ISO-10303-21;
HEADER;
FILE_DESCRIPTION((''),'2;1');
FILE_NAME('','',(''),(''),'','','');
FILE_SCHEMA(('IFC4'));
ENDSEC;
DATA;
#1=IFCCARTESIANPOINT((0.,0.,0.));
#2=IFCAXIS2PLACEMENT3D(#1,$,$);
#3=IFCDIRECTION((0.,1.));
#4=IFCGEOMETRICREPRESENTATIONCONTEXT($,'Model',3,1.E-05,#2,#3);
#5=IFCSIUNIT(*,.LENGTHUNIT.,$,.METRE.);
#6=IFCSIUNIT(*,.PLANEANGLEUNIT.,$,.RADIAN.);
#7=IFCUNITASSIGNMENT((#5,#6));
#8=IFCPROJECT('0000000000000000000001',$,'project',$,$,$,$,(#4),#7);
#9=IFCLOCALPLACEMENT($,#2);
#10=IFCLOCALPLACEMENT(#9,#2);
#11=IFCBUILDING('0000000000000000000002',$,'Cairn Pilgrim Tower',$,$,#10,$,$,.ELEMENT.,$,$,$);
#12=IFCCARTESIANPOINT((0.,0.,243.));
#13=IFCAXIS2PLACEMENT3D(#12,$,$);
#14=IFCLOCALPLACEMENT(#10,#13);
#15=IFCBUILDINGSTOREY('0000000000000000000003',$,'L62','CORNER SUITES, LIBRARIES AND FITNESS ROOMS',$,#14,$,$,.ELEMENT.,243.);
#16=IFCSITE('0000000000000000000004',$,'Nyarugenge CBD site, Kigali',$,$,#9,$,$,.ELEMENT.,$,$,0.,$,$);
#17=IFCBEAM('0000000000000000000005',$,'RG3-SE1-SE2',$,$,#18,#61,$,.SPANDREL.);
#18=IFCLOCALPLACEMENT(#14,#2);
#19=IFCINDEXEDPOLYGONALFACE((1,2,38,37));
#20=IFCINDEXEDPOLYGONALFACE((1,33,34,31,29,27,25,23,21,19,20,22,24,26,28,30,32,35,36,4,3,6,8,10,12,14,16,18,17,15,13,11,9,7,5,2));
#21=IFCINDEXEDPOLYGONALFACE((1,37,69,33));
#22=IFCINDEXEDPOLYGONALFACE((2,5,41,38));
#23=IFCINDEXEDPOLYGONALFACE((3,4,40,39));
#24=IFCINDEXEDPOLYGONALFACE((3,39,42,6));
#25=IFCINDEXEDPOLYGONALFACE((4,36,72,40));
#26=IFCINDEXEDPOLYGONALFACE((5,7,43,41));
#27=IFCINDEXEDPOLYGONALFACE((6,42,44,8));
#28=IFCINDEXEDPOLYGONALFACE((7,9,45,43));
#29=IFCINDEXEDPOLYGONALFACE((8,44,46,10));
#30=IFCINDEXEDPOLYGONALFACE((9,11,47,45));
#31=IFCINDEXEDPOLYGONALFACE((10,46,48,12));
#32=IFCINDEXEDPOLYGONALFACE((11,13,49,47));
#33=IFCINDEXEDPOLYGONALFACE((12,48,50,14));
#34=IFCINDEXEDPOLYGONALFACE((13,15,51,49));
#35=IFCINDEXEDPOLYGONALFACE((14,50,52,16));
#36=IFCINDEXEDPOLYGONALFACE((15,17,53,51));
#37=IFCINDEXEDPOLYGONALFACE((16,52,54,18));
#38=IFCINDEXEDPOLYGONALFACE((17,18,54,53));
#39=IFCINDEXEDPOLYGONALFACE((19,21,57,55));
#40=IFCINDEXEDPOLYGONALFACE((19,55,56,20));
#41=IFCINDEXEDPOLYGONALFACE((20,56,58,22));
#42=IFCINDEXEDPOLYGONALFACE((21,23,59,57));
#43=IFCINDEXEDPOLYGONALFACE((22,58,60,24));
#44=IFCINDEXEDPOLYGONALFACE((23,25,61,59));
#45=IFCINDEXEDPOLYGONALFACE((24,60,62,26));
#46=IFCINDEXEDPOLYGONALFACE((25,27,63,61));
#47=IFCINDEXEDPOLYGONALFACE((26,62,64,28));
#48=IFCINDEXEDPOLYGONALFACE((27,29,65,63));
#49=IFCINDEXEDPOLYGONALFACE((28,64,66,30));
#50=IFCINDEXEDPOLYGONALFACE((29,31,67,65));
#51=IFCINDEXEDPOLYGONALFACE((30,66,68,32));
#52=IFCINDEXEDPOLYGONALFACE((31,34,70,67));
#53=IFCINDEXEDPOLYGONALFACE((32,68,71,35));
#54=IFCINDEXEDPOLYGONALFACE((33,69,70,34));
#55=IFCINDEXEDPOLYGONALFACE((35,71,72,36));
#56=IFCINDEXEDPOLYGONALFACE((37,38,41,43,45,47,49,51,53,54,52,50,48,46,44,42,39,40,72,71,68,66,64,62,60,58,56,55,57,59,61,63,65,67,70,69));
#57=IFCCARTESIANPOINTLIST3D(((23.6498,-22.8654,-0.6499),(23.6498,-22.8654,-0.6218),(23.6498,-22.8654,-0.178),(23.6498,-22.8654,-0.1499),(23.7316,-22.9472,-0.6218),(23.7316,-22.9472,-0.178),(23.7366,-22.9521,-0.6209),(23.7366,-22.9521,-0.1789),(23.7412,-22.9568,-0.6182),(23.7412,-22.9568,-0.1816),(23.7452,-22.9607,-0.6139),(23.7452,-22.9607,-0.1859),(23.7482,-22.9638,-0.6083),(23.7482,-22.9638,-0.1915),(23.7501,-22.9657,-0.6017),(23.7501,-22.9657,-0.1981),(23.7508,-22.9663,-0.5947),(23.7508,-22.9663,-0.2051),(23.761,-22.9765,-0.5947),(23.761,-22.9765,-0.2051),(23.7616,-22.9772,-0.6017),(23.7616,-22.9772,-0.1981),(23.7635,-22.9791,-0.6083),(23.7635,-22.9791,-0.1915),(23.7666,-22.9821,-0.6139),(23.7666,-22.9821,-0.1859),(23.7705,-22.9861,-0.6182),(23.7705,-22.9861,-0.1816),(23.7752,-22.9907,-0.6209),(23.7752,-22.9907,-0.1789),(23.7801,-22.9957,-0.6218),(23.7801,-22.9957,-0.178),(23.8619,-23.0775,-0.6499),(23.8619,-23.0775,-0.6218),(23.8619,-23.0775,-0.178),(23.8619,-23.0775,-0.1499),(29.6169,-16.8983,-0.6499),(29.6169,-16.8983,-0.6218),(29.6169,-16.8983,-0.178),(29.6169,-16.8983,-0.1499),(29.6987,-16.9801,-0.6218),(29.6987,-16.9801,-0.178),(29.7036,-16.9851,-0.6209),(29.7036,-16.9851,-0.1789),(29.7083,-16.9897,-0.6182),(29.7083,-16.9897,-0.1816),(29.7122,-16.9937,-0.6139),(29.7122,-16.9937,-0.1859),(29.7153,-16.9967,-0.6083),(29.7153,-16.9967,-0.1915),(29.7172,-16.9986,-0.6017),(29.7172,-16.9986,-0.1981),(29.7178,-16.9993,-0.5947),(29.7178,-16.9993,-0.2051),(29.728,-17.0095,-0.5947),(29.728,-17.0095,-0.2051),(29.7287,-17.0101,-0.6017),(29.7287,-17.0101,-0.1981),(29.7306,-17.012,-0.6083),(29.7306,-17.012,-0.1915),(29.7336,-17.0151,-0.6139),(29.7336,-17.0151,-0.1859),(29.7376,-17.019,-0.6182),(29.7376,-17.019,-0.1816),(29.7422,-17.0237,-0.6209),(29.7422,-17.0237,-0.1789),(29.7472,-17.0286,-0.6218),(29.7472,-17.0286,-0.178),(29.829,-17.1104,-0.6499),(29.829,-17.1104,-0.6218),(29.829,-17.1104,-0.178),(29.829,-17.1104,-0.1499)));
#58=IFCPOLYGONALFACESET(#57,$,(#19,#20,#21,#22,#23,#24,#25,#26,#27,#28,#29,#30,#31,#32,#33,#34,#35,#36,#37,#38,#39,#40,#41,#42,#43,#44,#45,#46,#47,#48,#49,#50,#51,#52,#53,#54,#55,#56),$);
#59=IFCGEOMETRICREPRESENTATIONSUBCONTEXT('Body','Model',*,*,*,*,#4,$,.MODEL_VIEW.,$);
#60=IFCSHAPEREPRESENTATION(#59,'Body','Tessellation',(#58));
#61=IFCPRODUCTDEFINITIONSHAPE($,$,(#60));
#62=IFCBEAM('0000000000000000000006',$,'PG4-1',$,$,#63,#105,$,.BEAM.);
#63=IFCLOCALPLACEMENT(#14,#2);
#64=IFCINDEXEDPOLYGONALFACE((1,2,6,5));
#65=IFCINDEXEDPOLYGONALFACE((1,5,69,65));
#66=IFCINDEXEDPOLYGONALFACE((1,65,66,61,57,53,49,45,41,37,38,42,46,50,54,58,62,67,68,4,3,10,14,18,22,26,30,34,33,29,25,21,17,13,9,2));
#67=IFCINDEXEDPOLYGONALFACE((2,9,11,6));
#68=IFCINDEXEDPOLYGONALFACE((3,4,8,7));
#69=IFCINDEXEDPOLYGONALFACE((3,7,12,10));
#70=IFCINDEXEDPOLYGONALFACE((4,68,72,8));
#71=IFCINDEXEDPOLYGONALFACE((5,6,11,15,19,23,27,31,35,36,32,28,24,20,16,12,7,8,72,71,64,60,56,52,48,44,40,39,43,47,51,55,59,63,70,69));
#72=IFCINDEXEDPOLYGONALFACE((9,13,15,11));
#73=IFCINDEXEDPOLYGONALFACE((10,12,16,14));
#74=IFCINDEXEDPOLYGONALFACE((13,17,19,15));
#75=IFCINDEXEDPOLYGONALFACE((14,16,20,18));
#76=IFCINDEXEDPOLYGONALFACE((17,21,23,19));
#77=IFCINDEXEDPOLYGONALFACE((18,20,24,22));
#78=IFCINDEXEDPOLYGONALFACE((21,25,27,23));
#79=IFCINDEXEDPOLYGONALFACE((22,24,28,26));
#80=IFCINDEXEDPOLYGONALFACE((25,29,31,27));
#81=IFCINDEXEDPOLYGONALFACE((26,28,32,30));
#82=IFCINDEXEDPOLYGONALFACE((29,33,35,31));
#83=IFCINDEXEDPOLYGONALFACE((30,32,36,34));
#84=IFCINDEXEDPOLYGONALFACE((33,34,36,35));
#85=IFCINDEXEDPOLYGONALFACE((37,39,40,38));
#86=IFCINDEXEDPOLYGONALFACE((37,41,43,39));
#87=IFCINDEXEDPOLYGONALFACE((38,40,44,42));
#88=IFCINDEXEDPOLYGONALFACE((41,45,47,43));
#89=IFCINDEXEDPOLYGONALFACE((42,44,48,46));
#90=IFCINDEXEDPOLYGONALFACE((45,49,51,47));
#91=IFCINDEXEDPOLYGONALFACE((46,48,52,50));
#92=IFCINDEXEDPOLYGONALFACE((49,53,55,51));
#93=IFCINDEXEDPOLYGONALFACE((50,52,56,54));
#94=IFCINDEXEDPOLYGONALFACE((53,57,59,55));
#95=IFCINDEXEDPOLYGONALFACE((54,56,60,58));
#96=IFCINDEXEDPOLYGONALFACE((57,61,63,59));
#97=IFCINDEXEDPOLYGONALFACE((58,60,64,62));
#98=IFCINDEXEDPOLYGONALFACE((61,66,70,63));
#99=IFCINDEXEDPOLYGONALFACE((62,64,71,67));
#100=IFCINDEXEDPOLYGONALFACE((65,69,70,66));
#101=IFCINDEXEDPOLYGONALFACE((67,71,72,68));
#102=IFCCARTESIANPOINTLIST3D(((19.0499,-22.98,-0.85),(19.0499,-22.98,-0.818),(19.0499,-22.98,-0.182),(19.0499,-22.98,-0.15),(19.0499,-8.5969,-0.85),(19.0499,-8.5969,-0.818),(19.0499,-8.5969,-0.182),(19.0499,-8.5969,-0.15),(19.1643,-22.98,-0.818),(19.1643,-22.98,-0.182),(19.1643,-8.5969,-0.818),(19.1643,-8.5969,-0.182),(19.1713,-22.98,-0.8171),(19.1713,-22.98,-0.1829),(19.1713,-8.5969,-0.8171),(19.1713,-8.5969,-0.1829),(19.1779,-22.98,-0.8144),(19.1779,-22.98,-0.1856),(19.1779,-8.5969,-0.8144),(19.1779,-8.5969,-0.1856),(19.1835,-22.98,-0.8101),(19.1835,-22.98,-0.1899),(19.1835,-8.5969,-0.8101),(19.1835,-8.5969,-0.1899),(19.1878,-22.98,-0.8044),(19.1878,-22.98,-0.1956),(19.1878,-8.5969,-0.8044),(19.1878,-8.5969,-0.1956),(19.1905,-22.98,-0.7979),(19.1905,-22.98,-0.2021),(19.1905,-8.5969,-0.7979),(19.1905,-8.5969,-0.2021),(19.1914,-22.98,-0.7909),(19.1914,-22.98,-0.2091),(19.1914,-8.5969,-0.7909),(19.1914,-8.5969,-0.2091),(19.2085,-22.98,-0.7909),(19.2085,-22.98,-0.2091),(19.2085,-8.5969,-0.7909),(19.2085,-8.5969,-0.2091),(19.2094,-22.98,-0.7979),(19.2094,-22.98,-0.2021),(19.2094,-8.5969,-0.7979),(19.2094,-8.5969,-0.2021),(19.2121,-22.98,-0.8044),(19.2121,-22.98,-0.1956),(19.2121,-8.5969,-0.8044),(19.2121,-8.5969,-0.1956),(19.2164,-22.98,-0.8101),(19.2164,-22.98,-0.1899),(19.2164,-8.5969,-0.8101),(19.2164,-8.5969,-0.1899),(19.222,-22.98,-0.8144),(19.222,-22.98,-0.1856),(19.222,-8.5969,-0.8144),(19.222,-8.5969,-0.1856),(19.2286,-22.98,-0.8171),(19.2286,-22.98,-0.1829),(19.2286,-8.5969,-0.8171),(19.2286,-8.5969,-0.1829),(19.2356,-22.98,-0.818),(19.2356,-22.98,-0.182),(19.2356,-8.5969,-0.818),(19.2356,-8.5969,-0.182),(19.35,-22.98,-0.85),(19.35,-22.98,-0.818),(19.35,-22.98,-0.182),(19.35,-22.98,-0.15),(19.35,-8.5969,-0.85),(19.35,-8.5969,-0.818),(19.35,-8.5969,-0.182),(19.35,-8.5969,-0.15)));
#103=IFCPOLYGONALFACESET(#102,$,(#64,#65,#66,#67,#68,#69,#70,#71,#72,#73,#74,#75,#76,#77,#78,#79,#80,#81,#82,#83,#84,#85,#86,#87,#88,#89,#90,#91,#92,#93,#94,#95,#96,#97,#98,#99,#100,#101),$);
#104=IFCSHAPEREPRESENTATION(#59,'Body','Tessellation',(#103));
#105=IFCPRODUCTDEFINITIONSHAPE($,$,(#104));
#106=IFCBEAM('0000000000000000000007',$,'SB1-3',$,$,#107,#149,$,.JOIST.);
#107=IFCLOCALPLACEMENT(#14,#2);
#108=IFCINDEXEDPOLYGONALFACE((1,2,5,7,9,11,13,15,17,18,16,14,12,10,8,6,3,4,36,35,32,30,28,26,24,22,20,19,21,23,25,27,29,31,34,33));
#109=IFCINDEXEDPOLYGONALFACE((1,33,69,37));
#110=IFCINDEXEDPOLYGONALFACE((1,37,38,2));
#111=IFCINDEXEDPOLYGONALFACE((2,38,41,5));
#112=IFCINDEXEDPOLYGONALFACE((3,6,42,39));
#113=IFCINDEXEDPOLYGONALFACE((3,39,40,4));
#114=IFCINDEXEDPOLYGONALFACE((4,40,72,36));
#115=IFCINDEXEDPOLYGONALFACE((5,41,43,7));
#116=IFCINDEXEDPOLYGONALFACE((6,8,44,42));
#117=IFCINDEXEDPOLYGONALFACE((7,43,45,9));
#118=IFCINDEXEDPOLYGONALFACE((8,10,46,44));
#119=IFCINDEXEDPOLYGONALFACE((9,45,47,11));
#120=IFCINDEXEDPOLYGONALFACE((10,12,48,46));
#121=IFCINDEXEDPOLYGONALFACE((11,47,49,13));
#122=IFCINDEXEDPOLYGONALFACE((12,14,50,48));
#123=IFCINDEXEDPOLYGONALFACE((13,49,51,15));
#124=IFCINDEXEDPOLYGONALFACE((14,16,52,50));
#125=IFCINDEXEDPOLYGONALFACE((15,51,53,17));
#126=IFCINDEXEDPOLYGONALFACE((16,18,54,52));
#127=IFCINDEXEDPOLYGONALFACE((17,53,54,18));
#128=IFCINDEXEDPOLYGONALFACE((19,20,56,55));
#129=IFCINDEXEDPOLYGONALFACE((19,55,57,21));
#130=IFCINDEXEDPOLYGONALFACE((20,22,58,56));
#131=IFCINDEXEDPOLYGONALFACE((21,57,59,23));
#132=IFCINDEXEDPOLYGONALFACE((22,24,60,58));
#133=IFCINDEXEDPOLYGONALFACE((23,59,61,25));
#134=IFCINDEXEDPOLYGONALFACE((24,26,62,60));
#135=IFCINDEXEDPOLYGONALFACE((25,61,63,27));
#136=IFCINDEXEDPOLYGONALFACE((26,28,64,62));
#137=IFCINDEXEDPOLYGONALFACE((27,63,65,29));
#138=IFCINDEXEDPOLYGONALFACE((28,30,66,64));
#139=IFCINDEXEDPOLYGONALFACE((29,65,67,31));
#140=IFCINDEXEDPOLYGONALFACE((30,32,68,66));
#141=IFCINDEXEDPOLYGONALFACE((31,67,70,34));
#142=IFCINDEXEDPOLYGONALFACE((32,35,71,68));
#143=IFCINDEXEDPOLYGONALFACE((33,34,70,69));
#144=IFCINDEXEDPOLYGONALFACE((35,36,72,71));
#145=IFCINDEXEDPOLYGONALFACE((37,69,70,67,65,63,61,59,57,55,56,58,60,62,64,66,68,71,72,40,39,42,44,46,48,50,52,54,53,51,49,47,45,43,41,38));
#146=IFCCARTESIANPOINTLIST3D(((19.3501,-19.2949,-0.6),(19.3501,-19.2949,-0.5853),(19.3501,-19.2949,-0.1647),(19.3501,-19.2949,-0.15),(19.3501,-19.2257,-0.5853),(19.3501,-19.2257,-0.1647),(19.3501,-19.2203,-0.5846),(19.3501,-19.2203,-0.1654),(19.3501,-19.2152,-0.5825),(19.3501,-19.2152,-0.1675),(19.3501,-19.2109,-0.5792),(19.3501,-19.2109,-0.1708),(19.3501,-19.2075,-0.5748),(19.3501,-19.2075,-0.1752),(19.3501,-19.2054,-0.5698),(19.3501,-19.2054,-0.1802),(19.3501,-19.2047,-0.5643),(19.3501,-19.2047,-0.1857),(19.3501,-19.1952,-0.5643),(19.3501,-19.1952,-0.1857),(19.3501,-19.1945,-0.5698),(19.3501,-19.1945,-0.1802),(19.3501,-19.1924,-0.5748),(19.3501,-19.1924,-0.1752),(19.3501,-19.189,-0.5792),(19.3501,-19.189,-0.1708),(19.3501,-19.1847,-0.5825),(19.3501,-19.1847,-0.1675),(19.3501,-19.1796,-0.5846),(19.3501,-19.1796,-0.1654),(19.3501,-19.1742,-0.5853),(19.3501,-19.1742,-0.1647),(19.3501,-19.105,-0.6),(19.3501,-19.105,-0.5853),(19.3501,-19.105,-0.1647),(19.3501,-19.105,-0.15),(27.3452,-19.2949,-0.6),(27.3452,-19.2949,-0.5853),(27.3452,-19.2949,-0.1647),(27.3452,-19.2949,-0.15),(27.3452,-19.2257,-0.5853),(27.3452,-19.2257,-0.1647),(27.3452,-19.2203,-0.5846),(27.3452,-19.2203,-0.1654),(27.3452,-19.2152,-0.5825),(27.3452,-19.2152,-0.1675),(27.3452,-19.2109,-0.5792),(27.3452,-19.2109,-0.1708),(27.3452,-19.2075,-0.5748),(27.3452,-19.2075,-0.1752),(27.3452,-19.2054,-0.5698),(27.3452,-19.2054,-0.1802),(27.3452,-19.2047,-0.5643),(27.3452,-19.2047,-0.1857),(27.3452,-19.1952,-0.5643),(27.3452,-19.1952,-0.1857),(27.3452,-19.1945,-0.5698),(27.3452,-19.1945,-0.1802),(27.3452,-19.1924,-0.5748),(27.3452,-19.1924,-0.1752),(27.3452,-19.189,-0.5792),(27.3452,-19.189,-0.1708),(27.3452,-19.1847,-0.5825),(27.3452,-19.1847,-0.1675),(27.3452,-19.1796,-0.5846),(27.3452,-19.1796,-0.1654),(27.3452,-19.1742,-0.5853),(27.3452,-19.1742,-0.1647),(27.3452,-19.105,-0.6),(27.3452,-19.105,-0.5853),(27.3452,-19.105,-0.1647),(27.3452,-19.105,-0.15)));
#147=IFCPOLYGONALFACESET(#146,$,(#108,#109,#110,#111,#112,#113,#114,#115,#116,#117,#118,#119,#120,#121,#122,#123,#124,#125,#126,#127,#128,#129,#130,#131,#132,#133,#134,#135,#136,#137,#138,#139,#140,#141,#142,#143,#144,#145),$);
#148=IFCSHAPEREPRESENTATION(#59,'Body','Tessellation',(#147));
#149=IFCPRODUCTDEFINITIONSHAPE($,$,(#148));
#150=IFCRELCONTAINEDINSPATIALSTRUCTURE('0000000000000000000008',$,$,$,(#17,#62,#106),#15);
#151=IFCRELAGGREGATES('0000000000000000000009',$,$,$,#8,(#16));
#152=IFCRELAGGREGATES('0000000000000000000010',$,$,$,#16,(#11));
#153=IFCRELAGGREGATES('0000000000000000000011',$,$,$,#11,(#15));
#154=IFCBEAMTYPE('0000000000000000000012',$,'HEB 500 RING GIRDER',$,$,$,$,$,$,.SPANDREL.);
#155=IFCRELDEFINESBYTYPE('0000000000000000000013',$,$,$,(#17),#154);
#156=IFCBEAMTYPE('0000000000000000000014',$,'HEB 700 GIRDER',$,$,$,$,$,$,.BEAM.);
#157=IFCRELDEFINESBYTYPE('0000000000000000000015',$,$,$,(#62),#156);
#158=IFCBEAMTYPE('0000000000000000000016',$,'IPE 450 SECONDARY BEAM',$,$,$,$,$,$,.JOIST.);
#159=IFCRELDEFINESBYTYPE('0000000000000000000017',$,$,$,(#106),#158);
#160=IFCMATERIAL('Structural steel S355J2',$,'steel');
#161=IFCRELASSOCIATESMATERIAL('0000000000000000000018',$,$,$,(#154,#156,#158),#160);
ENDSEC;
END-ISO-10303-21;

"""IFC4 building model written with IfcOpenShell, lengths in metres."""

from ifc_helpers import new_model, si_unit, direction, frame, origin, origin_2d, place, context, subcontext, project, spatial, i_section, extrude, material, material_profile, profile_set, type_object, element, save


model = new_model("IFC4")

# Units and contexts
model_context = context("Model", 3, precision=1e-05, world=origin(), true_north=direction((0.0, 1.0)))
body_context = subcontext(model_context, "Body", "Model", "MODEL_VIEW")
ifc_project = project(units=[si_unit("LENGTHUNIT", "METRE"), si_unit("PLANEANGLEUNIT", "RADIAN")], contexts=[model_context])

# Site, building, storey
site_placement = place(None, origin())
site = spatial("IfcSite", under=ifc_project, at=site_placement, Name="Nyarugenge CBD site, Kigali", CompositionType="ELEMENT", RefElevation=0.0)
building_placement = place(site_placement, origin())
building = spatial("IfcBuilding", under=site, at=building_placement, Name="Cairn Pilgrim Tower", CompositionType="ELEMENT")
storey_placement = place(building_placement, frame((0.0, 0.0, 243.0)))
storey = spatial("IfcBuildingStorey", under=building, at=storey_placement, Name="L62", Description="CORNER SUITES, LIBRARIES AND FITNESS ROOMS", CompositionType="ELEMENT", Elevation=243.0)

# Beams
ifc_material_1 = material(Name="Structural steel S355J2", Category="steel")
ifc_material_profile_1 = material_profile(ifc_material_1, i_section(OverallWidth=0.3, OverallDepth=0.5, WebThickness=0.0144, FlangeThickness=0.0281, FilletRadius=0.0271, at=origin_2d()), Name="HEB 500")
ifc_profile_set_1 = profile_set([ifc_material_profile_1], Name="Structural steel S355J2")
beam_type_1 = type_object("IfcBeamType", Name="HEB 500 RING GIRDER", PredefinedType="SPANDREL", material=ifc_profile_set_1)
beam_1_placement = place(storey_placement, frame((23.7559, -22.9714, -0.3999), z_axis=(0.707107, 0.707107, 0.0), x_axis=(-0.707107, 0.707107, 0.0)))
element("IfcBeam", 1, at=beam_1_placement, inside=storey, type_object=beam_type_1, Name="RG3-SE1-SE2", PredefinedType="SPANDREL", context=body_context, shape_type="SweptSolid", body=[
    extrude(i_section(OverallWidth=0.3, OverallDepth=0.5, WebThickness=0.0144, FlangeThickness=0.0281, FilletRadius=0.0271, at=origin_2d()), origin(), (0.0, 0.0, 1.0), 8.4387),
])
ifc_material_profile_2 = material_profile(ifc_material_1, i_section(OverallWidth=0.3, OverallDepth=0.7, WebThickness=0.0171, FlangeThickness=0.032, FilletRadius=0.0271, at=origin_2d()), Name="HEB 700")
ifc_profile_set_2 = profile_set([ifc_material_profile_2], Name="Structural steel S355J2")
beam_type_2 = type_object("IfcBeamType", Name="HEB 700 GIRDER", PredefinedType="BEAM", material=ifc_profile_set_2)
beam_2_placement = place(storey_placement, frame((19.2, -22.98, -0.5), z_axis=(0.0, 1.0, 0.0), x_axis=(-1.0, 0.0, 0.0)))
element("IfcBeam", 2, at=beam_2_placement, inside=storey, type_object=beam_type_2, Name="PG4-1", PredefinedType="BEAM", context=body_context, shape_type="SweptSolid", body=[
    extrude(i_section(OverallWidth=0.3, OverallDepth=0.7, WebThickness=0.0171, FlangeThickness=0.032, FilletRadius=0.0271, at=origin_2d()), origin(), (0.0, 0.0, 1.0), 14.3831),
])
ifc_material_profile_3 = material_profile(ifc_material_1, i_section(OverallWidth=0.1899, OverallDepth=0.45, WebThickness=0.0095, FlangeThickness=0.0146, FilletRadius=0.021, at=origin_2d()), Name="IPE 450")
ifc_profile_set_3 = profile_set([ifc_material_profile_3], Name="Structural steel S355J2")
beam_type_3 = type_object("IfcBeamType", Name="IPE 450 SECONDARY BEAM", PredefinedType="JOIST", material=ifc_profile_set_3)
beam_3_placement = place(storey_placement, frame((19.3501, -19.2, -0.375), z_axis=(1.0, 0.0, 0.0), x_axis=(0.0, 1.0, 0.0)))
element("IfcBeam", 3, at=beam_3_placement, inside=storey, type_object=beam_type_3, Name="SB1-3", PredefinedType="JOIST", context=body_context, shape_type="SweptSolid", body=[
    extrude(i_section(OverallWidth=0.1899, OverallDepth=0.45, WebThickness=0.0095, FlangeThickness=0.0146, FilletRadius=0.021, at=origin_2d()), origin(), (0.0, 0.0, 1.0), 7.9951),
])

save(model, "model.ifc")
